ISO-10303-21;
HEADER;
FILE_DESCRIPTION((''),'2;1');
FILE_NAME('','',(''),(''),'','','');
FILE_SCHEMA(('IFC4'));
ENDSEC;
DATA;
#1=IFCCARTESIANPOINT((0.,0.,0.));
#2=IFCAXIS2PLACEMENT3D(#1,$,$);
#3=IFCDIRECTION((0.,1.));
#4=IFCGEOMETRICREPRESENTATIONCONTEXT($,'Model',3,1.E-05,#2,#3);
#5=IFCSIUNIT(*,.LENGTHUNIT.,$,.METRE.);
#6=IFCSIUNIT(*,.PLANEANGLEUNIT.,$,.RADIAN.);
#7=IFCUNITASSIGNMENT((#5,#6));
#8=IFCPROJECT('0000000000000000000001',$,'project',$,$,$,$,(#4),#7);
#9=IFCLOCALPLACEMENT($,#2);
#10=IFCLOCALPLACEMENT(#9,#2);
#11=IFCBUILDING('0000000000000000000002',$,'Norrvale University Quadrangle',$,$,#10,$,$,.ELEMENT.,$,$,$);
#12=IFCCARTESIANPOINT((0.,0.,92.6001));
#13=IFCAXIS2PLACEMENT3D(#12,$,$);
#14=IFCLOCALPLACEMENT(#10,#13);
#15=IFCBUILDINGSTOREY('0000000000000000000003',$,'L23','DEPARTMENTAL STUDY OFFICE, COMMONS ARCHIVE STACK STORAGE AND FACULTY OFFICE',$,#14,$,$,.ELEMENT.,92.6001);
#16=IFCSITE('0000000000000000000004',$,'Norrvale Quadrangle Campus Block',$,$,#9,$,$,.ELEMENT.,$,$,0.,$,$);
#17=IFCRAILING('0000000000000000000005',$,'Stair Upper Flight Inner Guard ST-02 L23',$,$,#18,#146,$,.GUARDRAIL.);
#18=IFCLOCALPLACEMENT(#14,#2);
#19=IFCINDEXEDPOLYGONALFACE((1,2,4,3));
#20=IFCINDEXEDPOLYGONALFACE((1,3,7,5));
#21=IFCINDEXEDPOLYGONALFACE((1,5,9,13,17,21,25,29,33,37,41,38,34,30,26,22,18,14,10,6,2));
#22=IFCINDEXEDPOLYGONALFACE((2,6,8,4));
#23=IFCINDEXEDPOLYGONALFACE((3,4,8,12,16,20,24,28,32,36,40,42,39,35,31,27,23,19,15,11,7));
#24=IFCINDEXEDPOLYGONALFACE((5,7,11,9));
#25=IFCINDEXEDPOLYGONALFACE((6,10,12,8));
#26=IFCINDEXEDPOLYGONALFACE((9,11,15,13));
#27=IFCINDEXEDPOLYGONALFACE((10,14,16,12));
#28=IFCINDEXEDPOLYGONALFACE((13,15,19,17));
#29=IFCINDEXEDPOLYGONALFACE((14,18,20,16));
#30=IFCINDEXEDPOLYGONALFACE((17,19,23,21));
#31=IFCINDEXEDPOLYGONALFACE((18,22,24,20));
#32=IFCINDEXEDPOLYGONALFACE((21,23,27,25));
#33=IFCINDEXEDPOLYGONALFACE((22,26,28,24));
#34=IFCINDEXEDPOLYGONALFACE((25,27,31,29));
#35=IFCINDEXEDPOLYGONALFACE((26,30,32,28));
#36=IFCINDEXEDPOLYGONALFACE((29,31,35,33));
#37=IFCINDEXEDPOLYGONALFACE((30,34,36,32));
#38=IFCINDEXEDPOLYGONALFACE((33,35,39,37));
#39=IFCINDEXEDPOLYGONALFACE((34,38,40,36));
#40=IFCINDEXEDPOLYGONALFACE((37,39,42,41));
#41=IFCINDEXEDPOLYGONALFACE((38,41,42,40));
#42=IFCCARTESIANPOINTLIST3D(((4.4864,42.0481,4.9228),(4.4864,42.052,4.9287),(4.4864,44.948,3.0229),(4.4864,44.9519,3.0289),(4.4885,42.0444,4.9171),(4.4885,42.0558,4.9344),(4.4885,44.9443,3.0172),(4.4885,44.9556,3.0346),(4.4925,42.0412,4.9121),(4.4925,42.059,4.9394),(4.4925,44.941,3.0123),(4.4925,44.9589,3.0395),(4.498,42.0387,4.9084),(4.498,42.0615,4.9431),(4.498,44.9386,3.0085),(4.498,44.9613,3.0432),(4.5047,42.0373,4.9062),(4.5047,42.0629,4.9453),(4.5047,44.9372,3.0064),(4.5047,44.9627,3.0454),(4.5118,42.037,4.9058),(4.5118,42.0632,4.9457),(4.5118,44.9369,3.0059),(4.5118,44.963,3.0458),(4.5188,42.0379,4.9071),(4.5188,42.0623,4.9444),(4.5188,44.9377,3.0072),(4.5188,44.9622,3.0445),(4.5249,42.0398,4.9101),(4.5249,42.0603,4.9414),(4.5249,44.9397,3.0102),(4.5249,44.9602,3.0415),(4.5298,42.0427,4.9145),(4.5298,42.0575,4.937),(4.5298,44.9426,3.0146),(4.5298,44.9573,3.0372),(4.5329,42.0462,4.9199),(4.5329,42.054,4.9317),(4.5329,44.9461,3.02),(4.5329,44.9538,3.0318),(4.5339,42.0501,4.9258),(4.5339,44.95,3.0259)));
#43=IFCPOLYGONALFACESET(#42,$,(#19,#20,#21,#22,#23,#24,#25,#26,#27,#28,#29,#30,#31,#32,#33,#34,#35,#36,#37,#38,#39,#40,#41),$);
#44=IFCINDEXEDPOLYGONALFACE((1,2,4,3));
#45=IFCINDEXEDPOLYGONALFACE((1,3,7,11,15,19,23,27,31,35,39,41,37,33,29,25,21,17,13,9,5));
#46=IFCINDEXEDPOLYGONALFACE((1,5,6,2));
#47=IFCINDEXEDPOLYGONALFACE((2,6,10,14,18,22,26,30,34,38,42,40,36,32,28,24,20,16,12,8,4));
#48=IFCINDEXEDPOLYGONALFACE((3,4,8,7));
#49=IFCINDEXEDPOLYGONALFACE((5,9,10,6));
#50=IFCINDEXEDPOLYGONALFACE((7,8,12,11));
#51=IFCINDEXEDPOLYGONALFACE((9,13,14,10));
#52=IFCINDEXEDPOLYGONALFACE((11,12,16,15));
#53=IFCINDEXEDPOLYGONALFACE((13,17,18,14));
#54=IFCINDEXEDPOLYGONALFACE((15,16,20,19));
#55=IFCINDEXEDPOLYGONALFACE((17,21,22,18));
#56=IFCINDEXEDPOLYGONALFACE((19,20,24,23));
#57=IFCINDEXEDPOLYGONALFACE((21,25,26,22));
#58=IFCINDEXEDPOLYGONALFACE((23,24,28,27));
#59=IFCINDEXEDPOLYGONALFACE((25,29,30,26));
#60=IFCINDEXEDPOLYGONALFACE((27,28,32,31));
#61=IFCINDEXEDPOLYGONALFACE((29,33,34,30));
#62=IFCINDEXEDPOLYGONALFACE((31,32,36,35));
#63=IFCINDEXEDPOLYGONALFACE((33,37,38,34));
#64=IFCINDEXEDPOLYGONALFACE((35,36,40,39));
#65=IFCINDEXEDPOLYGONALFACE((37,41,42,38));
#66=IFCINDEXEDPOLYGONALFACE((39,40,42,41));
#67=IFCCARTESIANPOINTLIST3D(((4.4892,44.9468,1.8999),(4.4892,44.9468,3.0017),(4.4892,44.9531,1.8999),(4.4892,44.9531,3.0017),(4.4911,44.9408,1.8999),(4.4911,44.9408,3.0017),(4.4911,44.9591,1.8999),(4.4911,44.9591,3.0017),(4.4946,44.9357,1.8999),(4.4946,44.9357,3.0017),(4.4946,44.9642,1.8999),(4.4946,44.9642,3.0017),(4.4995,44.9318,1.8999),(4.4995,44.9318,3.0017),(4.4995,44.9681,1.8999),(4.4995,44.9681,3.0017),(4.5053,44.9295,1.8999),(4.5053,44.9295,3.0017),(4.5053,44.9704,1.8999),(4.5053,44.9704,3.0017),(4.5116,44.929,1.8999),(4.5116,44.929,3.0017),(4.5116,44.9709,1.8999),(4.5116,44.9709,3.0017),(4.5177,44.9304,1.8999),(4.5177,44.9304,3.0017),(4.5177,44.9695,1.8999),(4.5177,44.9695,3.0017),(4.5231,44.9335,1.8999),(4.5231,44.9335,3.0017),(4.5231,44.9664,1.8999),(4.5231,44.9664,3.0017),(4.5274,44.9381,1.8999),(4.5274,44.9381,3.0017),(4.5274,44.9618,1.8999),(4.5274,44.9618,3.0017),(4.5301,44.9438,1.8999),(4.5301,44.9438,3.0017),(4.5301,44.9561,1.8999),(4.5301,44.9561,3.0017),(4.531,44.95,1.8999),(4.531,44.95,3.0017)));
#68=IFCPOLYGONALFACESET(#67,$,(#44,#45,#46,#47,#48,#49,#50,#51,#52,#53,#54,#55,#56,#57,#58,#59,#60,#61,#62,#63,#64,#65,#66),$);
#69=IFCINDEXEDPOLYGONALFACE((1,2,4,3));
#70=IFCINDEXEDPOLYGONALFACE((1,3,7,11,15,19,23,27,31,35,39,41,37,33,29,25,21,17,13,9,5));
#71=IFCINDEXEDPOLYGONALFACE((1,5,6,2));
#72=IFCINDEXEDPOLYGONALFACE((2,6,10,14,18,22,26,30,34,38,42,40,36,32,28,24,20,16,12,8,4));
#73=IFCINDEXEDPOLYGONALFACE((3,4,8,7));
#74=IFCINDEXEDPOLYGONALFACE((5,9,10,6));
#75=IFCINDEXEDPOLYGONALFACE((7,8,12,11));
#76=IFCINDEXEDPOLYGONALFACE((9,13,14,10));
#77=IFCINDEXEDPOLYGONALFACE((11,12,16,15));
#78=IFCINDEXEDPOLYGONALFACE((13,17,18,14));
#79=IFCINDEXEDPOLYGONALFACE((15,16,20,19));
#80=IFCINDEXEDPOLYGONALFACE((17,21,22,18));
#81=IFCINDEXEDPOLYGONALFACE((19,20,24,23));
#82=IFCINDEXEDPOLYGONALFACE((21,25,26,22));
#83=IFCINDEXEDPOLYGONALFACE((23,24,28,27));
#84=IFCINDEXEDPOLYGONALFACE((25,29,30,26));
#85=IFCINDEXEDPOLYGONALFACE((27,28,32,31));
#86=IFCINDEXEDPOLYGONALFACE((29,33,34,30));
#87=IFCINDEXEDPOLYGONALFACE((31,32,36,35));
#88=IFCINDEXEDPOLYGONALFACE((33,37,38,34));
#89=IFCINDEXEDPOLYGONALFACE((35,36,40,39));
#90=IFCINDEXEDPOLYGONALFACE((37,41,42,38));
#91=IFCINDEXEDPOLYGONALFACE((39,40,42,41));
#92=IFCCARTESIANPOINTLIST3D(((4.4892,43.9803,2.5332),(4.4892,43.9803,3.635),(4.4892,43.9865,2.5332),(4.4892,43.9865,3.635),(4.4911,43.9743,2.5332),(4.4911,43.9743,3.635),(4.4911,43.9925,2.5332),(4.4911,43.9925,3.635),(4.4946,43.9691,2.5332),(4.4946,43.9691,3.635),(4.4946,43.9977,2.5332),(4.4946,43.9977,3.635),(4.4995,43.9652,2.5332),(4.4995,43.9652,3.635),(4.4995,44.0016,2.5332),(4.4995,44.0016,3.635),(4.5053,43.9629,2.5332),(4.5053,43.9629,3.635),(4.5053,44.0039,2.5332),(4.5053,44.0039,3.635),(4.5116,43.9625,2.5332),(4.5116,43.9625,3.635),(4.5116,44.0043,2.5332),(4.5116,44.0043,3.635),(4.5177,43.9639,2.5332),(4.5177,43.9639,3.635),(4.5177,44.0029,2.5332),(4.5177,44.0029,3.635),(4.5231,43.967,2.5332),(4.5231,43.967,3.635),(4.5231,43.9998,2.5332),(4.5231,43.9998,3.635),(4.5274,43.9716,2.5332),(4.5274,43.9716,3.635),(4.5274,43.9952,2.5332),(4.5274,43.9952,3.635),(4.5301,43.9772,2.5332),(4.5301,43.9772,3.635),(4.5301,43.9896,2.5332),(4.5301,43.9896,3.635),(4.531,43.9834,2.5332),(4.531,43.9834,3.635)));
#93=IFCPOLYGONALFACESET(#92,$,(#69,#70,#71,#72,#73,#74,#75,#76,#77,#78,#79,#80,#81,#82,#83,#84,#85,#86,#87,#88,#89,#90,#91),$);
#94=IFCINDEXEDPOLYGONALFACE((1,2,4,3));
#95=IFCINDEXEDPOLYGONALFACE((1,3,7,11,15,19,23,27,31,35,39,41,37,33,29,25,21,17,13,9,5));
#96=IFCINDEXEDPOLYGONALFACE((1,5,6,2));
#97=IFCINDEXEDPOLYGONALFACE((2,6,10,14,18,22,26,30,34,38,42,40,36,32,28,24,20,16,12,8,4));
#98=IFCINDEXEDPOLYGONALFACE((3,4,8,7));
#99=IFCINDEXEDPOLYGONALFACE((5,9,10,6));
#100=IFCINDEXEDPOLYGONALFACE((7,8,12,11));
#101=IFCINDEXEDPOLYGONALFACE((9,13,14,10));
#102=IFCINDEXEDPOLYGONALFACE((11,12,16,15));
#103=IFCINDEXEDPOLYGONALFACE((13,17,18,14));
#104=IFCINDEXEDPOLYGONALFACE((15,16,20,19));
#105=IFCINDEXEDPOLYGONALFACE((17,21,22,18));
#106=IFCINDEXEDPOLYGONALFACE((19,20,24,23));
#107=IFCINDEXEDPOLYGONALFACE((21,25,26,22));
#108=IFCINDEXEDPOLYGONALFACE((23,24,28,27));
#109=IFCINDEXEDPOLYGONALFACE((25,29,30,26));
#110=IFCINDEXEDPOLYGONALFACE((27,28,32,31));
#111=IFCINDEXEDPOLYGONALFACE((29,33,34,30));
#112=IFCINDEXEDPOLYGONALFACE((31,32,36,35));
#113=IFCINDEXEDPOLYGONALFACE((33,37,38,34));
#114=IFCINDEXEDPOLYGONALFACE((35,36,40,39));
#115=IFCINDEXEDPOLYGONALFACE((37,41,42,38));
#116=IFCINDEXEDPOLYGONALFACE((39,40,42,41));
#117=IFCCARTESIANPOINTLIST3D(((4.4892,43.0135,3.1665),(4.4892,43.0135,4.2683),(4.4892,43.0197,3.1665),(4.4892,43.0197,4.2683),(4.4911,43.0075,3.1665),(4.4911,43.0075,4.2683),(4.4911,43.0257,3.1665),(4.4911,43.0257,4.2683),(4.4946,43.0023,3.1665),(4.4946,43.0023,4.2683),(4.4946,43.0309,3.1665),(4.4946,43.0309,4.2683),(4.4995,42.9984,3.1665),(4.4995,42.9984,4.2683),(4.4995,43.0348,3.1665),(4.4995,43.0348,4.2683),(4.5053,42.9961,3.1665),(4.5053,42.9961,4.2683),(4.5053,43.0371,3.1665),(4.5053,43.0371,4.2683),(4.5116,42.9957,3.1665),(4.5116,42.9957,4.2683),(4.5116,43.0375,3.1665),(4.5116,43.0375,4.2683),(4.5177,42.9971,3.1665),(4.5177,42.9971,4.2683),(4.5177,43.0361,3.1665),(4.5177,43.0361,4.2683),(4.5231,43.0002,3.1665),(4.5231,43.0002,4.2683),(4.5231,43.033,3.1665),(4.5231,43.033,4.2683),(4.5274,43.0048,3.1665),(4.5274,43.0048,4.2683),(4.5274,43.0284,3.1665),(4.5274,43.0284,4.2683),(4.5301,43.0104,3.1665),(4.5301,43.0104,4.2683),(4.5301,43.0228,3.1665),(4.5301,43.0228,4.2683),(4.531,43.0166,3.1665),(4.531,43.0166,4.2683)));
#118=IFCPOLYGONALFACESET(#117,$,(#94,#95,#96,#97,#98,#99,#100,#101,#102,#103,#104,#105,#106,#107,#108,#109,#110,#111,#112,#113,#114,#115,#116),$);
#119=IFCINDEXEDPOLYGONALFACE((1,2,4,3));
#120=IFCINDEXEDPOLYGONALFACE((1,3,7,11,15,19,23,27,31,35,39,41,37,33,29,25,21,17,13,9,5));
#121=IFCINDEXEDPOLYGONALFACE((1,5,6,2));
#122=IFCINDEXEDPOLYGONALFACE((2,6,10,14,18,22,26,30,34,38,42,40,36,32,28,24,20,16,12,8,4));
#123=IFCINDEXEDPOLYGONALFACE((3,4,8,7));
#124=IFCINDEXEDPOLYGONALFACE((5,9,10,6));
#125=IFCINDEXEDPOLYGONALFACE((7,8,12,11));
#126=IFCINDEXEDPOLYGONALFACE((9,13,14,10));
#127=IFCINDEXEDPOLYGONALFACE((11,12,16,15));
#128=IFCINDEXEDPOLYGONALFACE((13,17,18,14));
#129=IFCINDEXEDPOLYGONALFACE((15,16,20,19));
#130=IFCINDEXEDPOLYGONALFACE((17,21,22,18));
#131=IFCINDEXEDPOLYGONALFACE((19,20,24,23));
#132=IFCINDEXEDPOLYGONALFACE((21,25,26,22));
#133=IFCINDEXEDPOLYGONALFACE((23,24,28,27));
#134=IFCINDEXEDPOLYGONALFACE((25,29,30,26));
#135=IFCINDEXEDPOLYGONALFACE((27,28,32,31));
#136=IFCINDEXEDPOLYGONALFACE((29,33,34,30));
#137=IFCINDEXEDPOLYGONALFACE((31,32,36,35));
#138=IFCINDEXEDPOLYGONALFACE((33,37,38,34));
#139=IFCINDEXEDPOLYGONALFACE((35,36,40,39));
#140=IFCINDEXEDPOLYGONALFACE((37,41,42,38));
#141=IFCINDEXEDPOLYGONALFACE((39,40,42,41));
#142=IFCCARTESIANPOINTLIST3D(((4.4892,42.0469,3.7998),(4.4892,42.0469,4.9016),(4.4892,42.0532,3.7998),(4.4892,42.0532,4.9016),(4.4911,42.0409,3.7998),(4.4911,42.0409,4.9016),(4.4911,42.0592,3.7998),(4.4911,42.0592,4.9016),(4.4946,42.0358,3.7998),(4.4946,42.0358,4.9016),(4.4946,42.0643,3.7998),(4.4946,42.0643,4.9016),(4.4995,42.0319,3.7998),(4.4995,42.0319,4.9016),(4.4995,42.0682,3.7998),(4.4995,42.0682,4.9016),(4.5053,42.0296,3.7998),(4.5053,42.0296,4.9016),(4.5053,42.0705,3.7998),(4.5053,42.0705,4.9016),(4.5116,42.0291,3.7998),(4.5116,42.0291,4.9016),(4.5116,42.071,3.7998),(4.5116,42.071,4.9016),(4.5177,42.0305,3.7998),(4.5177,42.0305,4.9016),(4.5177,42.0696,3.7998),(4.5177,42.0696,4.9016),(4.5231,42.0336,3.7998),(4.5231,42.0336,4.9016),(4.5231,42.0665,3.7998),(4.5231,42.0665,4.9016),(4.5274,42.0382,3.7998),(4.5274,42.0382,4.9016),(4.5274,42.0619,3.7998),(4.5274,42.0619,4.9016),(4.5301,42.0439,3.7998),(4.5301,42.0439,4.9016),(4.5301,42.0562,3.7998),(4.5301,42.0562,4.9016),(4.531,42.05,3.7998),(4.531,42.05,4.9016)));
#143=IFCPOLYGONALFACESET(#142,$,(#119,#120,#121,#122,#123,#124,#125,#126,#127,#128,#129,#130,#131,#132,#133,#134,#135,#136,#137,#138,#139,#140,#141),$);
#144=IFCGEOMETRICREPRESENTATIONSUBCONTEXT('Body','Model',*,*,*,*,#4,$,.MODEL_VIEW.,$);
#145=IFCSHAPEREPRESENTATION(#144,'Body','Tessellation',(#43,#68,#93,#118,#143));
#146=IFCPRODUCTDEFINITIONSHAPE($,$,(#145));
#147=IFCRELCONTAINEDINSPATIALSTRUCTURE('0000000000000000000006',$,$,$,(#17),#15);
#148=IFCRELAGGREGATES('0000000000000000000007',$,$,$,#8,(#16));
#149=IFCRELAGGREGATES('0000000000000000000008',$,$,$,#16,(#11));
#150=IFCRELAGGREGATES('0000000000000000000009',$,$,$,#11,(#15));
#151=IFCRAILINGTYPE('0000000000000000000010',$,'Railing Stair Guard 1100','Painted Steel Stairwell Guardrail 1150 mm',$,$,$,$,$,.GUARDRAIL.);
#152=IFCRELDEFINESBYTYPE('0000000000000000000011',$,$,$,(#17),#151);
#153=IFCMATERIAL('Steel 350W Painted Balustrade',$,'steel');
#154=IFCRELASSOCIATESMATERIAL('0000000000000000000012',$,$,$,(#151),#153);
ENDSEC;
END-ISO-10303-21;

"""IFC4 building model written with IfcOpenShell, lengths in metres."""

from ifc_helpers import new_model, si_unit, direction, frame, origin, origin_2d, place, context, subcontext, project, spatial, circle, extrude, material, type_object, element, save


model = new_model("IFC4")

# Units and contexts
model_context = context("Model", 3, precision=1e-05, world=origin(), true_north=direction((0.0, 1.0)))
body_context = subcontext(model_context, "Body", "Model", "MODEL_VIEW")
ifc_project = project(units=[si_unit("LENGTHUNIT", "METRE"), si_unit("PLANEANGLEUNIT", "RADIAN")], contexts=[model_context])

# Site, building, storey
site_placement = place(None, origin())
site = spatial("IfcSite", under=ifc_project, at=site_placement, Name="Norrvale Quadrangle Campus Block", CompositionType="ELEMENT", RefElevation=0.0)
building_placement = place(site_placement, origin())
building = spatial("IfcBuilding", under=site, at=building_placement, Name="Norrvale University Quadrangle", CompositionType="ELEMENT")
storey_placement = place(building_placement, frame((0.0, 0.0, 92.6001)))
storey = spatial("IfcBuildingStorey", under=building, at=storey_placement, Name="L23", Description="DEPARTMENTAL STUDY OFFICE, COMMONS ARCHIVE STACK STORAGE AND FACULTY OFFICE", CompositionType="ELEMENT", Elevation=92.6001)

# Railing
ifc_material_1 = material(Name="Steel 350W Painted Balustrade", Category="steel")
railing_type_1 = type_object("IfcRailingType", Name="Railing Stair Guard 1100", Description="Painted Steel Stairwell Guardrail 1150 mm", PredefinedType="GUARDRAIL", material=ifc_material_1)
railing_1_placement = place(storey_placement, frame((4.51, 44.95, 1.8999)))
element("IfcRailing", 1, at=railing_1_placement, inside=storey, type_object=railing_type_1, Name="Stair Upper Flight Inner Guard ST-02 L23", PredefinedType="GUARDRAIL", context=body_context, shape_type="SweptSolid", body=[
    extrude(circle(Radius=0.0239, at=origin_2d()), frame((0.0, 0.0, 1.126), z_axis=(0.0, -0.836466, 0.548019), x_axis=(1.0, 0.0, 0.0)), (0.0, 0.0, 1.0), 3.4668),
    extrude(circle(Radius=0.021, at=origin_2d()), origin(), (0.0, 0.0, 1.0), 1.1018),
    extrude(circle(Radius=0.021, at=origin_2d()), frame((0.0, -0.9666, 0.6333)), (0.0, 0.0, 1.0), 1.1018),
    extrude(circle(Radius=0.021, at=origin_2d()), frame((0.0, -1.9333, 1.2666)), (0.0, 0.0, 1.0), 1.1018),
    extrude(circle(Radius=0.021, at=origin_2d()), frame((0.0, -2.8999, 1.8999)), (0.0, 0.0, 1.0), 1.1018),
])

save(model, "model.ifc")
